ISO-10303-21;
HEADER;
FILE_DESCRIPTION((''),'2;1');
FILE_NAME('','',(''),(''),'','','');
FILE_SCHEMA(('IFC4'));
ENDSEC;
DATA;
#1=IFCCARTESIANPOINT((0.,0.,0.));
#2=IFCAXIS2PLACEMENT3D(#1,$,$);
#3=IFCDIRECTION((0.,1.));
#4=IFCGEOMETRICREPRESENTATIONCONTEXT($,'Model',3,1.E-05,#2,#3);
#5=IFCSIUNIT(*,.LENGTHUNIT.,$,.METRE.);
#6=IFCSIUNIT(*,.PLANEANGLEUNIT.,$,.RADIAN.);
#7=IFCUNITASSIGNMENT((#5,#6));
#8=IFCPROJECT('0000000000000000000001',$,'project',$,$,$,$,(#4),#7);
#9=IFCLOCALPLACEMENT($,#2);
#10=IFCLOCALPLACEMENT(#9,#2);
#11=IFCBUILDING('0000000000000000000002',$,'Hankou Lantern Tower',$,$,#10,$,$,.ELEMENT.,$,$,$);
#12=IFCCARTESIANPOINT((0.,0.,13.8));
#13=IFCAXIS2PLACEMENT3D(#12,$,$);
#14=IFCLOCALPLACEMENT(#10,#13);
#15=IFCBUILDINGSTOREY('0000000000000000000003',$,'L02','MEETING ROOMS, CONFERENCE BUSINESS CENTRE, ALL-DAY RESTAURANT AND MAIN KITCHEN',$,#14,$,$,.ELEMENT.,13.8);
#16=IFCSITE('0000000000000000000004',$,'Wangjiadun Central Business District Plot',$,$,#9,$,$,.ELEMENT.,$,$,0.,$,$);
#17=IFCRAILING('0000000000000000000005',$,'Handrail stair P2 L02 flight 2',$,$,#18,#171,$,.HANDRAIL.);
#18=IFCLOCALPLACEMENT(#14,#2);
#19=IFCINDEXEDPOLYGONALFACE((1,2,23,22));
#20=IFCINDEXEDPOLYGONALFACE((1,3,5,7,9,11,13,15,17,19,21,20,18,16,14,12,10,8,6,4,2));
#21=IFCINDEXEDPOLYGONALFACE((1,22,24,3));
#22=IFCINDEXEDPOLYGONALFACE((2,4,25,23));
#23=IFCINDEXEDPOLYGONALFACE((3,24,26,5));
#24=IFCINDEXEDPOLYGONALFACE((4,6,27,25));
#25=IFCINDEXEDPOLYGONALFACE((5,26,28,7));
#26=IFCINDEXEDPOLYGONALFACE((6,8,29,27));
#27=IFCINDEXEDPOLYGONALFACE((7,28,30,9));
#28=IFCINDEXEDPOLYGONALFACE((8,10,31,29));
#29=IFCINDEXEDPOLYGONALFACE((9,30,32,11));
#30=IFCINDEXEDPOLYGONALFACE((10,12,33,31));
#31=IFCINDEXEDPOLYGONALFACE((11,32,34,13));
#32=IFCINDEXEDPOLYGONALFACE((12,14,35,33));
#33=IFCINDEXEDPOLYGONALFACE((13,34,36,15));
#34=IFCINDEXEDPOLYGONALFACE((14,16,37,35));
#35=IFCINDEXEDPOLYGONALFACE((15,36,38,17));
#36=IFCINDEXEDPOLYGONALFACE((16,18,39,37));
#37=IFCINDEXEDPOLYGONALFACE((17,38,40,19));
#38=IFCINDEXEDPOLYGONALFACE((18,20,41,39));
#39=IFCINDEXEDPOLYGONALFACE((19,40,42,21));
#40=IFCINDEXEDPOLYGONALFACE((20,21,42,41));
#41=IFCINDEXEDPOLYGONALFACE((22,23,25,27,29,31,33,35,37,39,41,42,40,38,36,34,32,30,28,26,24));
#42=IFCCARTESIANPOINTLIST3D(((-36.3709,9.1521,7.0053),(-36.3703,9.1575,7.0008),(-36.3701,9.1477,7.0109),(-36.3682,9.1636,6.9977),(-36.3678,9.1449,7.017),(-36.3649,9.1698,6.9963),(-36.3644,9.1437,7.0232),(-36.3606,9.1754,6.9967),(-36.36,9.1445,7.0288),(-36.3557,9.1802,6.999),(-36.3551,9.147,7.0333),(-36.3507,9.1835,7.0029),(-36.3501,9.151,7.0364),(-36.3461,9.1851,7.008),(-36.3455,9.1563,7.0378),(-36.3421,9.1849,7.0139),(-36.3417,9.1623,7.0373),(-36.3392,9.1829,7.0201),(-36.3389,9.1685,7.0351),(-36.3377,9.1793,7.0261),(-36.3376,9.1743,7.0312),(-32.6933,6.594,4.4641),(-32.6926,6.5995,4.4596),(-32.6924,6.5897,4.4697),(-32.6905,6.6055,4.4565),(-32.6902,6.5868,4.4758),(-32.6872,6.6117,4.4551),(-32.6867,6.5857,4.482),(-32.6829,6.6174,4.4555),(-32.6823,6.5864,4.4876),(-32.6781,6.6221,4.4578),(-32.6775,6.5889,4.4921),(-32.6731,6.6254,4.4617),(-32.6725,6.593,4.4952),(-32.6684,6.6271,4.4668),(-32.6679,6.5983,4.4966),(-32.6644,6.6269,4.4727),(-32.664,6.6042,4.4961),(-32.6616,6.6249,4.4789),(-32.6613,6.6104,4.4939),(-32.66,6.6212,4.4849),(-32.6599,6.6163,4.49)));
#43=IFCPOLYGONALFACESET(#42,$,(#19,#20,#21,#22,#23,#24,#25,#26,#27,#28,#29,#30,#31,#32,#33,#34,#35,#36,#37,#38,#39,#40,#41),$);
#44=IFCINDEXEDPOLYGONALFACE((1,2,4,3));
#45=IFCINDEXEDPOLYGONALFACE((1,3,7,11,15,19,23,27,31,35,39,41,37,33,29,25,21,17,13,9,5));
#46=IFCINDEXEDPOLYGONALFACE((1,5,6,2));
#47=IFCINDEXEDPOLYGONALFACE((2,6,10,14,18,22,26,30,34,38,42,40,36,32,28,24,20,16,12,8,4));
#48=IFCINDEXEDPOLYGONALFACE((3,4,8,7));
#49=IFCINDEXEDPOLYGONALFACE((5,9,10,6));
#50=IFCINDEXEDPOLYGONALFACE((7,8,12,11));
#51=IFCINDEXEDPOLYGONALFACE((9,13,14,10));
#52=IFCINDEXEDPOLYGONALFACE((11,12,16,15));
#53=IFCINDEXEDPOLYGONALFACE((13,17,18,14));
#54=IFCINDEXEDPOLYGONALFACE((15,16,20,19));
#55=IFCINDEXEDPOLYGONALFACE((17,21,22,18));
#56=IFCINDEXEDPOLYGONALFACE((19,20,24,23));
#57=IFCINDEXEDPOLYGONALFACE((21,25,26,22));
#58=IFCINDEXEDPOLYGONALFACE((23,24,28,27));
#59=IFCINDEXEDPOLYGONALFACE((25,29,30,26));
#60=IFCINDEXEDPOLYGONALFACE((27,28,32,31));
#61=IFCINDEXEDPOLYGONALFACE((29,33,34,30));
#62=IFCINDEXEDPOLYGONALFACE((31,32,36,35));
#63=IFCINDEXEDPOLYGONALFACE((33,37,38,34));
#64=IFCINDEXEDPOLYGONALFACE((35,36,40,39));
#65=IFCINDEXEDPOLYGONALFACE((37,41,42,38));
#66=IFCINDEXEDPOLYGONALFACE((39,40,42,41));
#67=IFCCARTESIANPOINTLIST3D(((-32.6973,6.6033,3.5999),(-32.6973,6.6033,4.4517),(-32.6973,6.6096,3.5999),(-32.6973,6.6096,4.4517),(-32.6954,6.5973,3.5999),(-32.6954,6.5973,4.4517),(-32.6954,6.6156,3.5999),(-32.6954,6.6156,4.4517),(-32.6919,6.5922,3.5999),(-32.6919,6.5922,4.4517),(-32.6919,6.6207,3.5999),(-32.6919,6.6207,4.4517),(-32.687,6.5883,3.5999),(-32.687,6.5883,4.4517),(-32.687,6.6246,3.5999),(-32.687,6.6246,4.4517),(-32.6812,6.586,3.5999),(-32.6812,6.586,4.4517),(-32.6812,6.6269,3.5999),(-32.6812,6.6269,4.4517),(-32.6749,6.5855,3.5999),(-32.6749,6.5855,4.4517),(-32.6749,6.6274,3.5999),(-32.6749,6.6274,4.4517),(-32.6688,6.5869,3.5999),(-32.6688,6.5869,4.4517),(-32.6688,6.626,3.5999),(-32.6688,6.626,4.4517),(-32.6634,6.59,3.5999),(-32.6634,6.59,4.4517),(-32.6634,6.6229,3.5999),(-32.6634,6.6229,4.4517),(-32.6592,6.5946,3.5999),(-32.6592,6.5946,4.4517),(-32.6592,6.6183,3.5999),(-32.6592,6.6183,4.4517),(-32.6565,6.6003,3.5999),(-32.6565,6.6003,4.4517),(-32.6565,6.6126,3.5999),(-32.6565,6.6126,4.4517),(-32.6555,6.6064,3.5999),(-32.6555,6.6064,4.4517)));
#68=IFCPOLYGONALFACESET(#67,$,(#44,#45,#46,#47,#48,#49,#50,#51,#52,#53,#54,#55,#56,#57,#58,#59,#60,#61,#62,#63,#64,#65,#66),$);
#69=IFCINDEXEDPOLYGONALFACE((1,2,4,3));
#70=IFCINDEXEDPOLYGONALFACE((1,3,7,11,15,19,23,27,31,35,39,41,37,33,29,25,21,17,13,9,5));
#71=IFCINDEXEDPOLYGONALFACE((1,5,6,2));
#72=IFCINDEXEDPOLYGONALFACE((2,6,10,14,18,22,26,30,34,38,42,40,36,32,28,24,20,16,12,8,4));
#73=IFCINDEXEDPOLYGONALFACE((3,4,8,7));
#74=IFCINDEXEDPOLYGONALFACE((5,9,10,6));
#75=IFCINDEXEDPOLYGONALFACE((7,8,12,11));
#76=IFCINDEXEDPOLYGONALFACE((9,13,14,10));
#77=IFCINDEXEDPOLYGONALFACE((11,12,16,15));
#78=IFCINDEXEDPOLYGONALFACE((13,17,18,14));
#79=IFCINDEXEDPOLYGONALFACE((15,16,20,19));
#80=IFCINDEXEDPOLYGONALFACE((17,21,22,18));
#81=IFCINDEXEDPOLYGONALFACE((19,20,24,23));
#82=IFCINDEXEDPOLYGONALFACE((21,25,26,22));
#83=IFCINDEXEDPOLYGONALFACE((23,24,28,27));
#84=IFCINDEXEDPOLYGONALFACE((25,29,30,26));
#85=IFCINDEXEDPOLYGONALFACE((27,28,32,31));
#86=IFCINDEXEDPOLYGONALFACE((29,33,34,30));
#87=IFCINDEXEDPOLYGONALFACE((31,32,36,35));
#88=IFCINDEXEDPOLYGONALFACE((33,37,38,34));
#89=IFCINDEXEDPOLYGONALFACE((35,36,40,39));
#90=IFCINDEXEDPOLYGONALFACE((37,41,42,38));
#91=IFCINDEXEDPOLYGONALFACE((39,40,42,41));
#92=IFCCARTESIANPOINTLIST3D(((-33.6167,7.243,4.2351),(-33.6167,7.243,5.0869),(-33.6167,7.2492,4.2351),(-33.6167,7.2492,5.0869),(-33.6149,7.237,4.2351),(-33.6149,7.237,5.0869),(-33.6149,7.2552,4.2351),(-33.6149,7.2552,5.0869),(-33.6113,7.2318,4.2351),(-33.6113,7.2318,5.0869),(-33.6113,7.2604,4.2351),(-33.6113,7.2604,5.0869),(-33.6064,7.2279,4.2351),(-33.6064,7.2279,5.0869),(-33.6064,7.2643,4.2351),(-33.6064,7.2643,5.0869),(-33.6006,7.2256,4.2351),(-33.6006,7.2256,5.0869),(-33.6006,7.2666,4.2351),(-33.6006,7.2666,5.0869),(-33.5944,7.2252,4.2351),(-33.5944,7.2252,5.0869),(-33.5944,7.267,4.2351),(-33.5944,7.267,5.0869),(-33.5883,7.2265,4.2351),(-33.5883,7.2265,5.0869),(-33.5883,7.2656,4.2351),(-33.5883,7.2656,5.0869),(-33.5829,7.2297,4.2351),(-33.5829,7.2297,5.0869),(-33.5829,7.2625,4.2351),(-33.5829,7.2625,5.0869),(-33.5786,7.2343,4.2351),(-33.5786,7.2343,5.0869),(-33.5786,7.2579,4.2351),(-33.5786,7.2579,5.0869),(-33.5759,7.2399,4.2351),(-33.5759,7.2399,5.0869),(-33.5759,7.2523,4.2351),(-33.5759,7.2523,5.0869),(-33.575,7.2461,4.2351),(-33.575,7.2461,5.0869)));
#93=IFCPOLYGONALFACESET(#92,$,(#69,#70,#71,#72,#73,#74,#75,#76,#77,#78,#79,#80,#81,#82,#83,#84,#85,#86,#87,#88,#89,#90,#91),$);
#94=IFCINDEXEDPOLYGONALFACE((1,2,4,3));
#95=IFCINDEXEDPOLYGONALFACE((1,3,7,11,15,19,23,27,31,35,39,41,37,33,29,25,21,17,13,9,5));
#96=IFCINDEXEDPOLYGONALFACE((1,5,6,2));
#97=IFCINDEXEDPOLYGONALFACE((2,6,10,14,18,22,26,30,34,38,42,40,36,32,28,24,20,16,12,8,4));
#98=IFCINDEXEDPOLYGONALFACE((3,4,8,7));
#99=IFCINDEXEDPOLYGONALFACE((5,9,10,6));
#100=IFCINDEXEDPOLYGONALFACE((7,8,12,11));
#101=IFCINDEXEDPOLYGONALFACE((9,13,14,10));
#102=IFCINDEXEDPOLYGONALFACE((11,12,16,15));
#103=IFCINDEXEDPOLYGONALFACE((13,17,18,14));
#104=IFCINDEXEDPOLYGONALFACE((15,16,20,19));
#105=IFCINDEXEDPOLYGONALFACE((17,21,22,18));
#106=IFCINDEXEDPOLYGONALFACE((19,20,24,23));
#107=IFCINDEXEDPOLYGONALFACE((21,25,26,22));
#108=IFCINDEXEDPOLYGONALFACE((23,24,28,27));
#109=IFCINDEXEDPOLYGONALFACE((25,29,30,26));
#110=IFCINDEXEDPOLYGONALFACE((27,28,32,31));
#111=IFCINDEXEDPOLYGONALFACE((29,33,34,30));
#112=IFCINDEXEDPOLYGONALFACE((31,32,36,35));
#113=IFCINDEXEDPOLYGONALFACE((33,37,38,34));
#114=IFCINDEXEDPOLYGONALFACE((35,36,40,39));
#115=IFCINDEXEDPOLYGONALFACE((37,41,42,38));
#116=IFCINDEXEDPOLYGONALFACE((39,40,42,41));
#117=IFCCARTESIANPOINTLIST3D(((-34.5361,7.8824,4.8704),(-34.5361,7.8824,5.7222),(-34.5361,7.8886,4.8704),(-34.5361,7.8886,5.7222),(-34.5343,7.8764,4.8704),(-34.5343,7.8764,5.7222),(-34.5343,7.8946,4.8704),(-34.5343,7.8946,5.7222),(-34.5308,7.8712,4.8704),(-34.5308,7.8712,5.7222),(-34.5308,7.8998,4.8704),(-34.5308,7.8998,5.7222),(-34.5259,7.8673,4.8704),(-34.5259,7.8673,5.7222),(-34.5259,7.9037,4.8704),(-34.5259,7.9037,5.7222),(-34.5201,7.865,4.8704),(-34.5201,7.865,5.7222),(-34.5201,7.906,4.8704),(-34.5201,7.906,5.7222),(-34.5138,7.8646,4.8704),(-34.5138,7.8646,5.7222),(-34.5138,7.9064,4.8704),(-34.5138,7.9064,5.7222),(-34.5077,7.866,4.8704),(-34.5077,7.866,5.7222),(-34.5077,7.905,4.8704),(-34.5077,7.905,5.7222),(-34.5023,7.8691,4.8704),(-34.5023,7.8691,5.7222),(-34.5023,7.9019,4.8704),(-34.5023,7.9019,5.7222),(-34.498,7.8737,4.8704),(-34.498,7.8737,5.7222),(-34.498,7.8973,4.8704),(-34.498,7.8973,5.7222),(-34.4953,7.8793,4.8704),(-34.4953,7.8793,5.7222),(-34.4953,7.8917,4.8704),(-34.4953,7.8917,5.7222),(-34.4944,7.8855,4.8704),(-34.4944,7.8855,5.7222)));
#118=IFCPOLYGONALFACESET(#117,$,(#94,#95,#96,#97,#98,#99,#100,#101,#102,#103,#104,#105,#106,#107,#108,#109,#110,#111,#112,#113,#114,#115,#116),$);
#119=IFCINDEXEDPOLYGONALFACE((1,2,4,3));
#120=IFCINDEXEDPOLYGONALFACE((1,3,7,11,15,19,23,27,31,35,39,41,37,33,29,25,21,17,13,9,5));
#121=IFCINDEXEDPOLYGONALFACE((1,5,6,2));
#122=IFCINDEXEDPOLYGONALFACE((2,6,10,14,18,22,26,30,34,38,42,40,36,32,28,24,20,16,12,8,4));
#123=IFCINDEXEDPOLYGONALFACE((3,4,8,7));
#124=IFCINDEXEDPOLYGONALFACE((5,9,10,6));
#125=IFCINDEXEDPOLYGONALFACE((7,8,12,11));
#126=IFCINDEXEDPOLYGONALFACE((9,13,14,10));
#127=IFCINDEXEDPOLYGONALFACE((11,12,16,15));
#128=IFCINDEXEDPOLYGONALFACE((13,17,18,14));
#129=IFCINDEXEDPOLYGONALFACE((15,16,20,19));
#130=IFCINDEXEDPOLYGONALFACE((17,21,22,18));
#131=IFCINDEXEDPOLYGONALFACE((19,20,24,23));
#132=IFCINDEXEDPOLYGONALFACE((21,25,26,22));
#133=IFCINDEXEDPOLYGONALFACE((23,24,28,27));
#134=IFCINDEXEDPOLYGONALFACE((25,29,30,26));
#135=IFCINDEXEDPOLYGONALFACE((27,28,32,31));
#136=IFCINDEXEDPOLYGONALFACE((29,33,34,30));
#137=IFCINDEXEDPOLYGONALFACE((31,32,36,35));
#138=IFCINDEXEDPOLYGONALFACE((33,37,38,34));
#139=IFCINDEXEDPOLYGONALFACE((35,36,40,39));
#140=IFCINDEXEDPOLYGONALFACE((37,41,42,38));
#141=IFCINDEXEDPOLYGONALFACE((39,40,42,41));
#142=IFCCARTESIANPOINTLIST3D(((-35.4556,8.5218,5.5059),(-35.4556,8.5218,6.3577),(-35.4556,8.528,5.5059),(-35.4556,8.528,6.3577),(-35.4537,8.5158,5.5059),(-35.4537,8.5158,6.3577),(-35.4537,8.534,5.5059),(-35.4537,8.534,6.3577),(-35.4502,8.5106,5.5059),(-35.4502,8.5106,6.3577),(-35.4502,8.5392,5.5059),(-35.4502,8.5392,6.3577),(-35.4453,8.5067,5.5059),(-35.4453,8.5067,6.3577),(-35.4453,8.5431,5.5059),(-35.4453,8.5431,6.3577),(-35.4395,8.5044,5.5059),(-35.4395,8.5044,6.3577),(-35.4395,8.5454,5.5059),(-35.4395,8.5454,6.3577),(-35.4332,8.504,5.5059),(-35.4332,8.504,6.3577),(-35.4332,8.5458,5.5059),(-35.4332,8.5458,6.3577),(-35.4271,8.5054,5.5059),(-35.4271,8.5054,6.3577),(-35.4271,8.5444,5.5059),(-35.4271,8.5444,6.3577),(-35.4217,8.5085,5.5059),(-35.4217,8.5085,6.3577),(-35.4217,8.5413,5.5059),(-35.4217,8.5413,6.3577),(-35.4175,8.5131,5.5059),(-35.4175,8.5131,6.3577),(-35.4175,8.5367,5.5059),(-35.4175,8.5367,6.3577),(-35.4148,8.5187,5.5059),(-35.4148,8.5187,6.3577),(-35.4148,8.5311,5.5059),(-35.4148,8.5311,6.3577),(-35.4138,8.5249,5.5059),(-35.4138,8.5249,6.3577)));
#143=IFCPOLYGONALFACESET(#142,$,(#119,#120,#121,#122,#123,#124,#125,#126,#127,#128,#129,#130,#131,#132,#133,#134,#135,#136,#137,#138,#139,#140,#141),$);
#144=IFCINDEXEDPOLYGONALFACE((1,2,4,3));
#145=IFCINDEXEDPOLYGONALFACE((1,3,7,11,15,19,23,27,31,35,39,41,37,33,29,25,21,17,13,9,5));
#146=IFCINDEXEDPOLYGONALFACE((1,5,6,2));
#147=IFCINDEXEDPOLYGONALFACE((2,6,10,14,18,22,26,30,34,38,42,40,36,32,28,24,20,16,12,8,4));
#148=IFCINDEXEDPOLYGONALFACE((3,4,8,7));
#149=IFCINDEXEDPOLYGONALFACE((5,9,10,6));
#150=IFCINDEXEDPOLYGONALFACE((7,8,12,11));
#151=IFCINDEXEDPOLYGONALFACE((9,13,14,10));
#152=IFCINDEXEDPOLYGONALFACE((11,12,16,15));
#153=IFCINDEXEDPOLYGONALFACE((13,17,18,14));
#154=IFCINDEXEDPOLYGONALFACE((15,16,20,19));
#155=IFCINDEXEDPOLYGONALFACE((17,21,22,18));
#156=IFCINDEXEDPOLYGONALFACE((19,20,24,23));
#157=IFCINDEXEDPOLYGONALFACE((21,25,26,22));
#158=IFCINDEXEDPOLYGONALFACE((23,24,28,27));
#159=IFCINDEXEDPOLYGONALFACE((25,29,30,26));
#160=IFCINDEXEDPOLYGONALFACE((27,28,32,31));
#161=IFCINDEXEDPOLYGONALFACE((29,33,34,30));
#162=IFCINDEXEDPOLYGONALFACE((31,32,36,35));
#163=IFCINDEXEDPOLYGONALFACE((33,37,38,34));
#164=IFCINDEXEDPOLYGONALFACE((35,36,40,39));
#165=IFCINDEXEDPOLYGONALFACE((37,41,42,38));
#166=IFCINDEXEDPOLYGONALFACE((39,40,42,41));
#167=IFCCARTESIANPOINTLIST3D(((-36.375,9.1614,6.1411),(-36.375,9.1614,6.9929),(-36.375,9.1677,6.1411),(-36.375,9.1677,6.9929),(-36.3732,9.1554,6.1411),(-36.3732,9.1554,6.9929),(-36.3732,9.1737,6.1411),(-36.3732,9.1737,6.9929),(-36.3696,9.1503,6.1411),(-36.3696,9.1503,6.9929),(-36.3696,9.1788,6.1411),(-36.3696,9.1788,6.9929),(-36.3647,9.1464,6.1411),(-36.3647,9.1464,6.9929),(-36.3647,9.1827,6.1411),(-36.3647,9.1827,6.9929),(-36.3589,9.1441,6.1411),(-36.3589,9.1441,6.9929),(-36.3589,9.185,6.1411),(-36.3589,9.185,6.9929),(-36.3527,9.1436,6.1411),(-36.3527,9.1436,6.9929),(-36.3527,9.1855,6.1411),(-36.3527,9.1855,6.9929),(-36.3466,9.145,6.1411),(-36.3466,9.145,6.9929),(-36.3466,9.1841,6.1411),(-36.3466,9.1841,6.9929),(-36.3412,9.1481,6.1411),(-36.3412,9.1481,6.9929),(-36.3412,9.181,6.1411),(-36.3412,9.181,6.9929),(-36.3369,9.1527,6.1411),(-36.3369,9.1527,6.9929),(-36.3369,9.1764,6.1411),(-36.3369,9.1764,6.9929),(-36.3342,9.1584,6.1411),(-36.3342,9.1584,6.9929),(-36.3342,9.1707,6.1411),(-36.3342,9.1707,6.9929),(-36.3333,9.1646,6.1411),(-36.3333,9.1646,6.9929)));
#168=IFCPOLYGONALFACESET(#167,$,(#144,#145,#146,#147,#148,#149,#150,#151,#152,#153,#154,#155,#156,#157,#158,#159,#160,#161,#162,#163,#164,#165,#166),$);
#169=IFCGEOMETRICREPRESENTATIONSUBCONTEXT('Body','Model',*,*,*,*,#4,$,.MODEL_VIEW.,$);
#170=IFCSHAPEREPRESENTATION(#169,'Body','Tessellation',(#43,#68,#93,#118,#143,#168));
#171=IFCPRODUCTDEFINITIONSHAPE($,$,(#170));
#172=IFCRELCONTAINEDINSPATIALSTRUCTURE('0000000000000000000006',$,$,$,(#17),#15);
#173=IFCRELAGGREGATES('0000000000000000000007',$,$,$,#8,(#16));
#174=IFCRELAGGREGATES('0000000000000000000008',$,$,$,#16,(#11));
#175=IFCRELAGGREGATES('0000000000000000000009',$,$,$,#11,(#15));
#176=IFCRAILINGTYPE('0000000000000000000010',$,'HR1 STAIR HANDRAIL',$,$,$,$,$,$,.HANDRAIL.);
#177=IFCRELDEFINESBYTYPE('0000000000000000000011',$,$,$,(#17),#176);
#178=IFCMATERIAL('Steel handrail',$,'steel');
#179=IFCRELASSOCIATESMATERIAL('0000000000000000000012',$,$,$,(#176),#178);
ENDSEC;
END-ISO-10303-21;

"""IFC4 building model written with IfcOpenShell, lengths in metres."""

from ifc_helpers import new_model, si_unit, direction, frame, origin, origin_2d, place, context, subcontext, project, spatial, circle, extrude, material, type_object, element, save


model = new_model("IFC4")

# Units and contexts
model_context = context("Model", 3, precision=1e-05, world=origin(), true_north=direction((0.0, 1.0)))
body_context = subcontext(model_context, "Body", "Model", "MODEL_VIEW")
ifc_project = project(units=[si_unit("LENGTHUNIT", "METRE"), si_unit("PLANEANGLEUNIT", "RADIAN")], contexts=[model_context])

# Site, building, storey
site_placement = place(None, origin())
site = spatial("IfcSite", under=ifc_project, at=site_placement, Name="Wangjiadun Central Business District Plot", CompositionType="ELEMENT", RefElevation=0.0)
building_placement = place(site_placement, origin())
building = spatial("IfcBuilding", under=site, at=building_placement, Name="Hankou Lantern Tower", CompositionType="ELEMENT")
storey_placement = place(building_placement, frame((0.0, 0.0, 13.8)))
storey = spatial("IfcBuildingStorey", under=building, at=storey_placement, Name="L02", Description="MEETING ROOMS, CONFERENCE BUSINESS CENTRE, ALL-DAY RESTAURANT AND MAIN KITCHEN", CompositionType="ELEMENT", Elevation=13.8)

# Railing
ifc_material_1 = material(Name="Steel handrail", Category="steel")
railing_type = type_object("IfcRailingType", Name="HR1 STAIR HANDRAIL", PredefinedType="HANDRAIL", material=ifc_material_1)
railing_1_placement = place(storey_placement, frame((-32.6765, 6.6064, 3.5999)))
element("IfcRailing", 1, at=railing_1_placement, inside=storey, type_object=railing_type, Name="Handrail stair P2 L02 flight 2", PredefinedType="HANDRAIL", context=body_context, shape_type="SweptSolid", body=[
    extrude(circle(Radius=0.0239, at=origin_2d()), frame((0.0, 0.0, 0.876), z_axis=(-0.714054, 0.496671, 0.493401), x_axis=(-0.571017, -0.820939, 0.0)), (0.0, 0.0, 1.0), 5.1504),
    extrude(circle(Radius=0.021, at=origin_2d()), origin(), (0.0, 0.0, 1.0), 0.8518),
    extrude(circle(Radius=0.021, at=origin_2d()), frame((-0.9194, 0.6396, 0.6353)), (0.0, 0.0, 1.0), 0.8518),
    extrude(circle(Radius=0.021, at=origin_2d()), frame((-1.8389, 1.2791, 1.2705)), (0.0, 0.0, 1.0), 0.8518),
    extrude(circle(Radius=0.021, at=origin_2d()), frame((-2.7583, 1.9185, 1.906)), (0.0, 0.0, 1.0), 0.8518),
    extrude(circle(Radius=0.021, at=origin_2d()), frame((-3.6777, 2.5581, 2.5413)), (0.0, 0.0, 1.0), 0.8518),
])

save(model, "model.ifc")
